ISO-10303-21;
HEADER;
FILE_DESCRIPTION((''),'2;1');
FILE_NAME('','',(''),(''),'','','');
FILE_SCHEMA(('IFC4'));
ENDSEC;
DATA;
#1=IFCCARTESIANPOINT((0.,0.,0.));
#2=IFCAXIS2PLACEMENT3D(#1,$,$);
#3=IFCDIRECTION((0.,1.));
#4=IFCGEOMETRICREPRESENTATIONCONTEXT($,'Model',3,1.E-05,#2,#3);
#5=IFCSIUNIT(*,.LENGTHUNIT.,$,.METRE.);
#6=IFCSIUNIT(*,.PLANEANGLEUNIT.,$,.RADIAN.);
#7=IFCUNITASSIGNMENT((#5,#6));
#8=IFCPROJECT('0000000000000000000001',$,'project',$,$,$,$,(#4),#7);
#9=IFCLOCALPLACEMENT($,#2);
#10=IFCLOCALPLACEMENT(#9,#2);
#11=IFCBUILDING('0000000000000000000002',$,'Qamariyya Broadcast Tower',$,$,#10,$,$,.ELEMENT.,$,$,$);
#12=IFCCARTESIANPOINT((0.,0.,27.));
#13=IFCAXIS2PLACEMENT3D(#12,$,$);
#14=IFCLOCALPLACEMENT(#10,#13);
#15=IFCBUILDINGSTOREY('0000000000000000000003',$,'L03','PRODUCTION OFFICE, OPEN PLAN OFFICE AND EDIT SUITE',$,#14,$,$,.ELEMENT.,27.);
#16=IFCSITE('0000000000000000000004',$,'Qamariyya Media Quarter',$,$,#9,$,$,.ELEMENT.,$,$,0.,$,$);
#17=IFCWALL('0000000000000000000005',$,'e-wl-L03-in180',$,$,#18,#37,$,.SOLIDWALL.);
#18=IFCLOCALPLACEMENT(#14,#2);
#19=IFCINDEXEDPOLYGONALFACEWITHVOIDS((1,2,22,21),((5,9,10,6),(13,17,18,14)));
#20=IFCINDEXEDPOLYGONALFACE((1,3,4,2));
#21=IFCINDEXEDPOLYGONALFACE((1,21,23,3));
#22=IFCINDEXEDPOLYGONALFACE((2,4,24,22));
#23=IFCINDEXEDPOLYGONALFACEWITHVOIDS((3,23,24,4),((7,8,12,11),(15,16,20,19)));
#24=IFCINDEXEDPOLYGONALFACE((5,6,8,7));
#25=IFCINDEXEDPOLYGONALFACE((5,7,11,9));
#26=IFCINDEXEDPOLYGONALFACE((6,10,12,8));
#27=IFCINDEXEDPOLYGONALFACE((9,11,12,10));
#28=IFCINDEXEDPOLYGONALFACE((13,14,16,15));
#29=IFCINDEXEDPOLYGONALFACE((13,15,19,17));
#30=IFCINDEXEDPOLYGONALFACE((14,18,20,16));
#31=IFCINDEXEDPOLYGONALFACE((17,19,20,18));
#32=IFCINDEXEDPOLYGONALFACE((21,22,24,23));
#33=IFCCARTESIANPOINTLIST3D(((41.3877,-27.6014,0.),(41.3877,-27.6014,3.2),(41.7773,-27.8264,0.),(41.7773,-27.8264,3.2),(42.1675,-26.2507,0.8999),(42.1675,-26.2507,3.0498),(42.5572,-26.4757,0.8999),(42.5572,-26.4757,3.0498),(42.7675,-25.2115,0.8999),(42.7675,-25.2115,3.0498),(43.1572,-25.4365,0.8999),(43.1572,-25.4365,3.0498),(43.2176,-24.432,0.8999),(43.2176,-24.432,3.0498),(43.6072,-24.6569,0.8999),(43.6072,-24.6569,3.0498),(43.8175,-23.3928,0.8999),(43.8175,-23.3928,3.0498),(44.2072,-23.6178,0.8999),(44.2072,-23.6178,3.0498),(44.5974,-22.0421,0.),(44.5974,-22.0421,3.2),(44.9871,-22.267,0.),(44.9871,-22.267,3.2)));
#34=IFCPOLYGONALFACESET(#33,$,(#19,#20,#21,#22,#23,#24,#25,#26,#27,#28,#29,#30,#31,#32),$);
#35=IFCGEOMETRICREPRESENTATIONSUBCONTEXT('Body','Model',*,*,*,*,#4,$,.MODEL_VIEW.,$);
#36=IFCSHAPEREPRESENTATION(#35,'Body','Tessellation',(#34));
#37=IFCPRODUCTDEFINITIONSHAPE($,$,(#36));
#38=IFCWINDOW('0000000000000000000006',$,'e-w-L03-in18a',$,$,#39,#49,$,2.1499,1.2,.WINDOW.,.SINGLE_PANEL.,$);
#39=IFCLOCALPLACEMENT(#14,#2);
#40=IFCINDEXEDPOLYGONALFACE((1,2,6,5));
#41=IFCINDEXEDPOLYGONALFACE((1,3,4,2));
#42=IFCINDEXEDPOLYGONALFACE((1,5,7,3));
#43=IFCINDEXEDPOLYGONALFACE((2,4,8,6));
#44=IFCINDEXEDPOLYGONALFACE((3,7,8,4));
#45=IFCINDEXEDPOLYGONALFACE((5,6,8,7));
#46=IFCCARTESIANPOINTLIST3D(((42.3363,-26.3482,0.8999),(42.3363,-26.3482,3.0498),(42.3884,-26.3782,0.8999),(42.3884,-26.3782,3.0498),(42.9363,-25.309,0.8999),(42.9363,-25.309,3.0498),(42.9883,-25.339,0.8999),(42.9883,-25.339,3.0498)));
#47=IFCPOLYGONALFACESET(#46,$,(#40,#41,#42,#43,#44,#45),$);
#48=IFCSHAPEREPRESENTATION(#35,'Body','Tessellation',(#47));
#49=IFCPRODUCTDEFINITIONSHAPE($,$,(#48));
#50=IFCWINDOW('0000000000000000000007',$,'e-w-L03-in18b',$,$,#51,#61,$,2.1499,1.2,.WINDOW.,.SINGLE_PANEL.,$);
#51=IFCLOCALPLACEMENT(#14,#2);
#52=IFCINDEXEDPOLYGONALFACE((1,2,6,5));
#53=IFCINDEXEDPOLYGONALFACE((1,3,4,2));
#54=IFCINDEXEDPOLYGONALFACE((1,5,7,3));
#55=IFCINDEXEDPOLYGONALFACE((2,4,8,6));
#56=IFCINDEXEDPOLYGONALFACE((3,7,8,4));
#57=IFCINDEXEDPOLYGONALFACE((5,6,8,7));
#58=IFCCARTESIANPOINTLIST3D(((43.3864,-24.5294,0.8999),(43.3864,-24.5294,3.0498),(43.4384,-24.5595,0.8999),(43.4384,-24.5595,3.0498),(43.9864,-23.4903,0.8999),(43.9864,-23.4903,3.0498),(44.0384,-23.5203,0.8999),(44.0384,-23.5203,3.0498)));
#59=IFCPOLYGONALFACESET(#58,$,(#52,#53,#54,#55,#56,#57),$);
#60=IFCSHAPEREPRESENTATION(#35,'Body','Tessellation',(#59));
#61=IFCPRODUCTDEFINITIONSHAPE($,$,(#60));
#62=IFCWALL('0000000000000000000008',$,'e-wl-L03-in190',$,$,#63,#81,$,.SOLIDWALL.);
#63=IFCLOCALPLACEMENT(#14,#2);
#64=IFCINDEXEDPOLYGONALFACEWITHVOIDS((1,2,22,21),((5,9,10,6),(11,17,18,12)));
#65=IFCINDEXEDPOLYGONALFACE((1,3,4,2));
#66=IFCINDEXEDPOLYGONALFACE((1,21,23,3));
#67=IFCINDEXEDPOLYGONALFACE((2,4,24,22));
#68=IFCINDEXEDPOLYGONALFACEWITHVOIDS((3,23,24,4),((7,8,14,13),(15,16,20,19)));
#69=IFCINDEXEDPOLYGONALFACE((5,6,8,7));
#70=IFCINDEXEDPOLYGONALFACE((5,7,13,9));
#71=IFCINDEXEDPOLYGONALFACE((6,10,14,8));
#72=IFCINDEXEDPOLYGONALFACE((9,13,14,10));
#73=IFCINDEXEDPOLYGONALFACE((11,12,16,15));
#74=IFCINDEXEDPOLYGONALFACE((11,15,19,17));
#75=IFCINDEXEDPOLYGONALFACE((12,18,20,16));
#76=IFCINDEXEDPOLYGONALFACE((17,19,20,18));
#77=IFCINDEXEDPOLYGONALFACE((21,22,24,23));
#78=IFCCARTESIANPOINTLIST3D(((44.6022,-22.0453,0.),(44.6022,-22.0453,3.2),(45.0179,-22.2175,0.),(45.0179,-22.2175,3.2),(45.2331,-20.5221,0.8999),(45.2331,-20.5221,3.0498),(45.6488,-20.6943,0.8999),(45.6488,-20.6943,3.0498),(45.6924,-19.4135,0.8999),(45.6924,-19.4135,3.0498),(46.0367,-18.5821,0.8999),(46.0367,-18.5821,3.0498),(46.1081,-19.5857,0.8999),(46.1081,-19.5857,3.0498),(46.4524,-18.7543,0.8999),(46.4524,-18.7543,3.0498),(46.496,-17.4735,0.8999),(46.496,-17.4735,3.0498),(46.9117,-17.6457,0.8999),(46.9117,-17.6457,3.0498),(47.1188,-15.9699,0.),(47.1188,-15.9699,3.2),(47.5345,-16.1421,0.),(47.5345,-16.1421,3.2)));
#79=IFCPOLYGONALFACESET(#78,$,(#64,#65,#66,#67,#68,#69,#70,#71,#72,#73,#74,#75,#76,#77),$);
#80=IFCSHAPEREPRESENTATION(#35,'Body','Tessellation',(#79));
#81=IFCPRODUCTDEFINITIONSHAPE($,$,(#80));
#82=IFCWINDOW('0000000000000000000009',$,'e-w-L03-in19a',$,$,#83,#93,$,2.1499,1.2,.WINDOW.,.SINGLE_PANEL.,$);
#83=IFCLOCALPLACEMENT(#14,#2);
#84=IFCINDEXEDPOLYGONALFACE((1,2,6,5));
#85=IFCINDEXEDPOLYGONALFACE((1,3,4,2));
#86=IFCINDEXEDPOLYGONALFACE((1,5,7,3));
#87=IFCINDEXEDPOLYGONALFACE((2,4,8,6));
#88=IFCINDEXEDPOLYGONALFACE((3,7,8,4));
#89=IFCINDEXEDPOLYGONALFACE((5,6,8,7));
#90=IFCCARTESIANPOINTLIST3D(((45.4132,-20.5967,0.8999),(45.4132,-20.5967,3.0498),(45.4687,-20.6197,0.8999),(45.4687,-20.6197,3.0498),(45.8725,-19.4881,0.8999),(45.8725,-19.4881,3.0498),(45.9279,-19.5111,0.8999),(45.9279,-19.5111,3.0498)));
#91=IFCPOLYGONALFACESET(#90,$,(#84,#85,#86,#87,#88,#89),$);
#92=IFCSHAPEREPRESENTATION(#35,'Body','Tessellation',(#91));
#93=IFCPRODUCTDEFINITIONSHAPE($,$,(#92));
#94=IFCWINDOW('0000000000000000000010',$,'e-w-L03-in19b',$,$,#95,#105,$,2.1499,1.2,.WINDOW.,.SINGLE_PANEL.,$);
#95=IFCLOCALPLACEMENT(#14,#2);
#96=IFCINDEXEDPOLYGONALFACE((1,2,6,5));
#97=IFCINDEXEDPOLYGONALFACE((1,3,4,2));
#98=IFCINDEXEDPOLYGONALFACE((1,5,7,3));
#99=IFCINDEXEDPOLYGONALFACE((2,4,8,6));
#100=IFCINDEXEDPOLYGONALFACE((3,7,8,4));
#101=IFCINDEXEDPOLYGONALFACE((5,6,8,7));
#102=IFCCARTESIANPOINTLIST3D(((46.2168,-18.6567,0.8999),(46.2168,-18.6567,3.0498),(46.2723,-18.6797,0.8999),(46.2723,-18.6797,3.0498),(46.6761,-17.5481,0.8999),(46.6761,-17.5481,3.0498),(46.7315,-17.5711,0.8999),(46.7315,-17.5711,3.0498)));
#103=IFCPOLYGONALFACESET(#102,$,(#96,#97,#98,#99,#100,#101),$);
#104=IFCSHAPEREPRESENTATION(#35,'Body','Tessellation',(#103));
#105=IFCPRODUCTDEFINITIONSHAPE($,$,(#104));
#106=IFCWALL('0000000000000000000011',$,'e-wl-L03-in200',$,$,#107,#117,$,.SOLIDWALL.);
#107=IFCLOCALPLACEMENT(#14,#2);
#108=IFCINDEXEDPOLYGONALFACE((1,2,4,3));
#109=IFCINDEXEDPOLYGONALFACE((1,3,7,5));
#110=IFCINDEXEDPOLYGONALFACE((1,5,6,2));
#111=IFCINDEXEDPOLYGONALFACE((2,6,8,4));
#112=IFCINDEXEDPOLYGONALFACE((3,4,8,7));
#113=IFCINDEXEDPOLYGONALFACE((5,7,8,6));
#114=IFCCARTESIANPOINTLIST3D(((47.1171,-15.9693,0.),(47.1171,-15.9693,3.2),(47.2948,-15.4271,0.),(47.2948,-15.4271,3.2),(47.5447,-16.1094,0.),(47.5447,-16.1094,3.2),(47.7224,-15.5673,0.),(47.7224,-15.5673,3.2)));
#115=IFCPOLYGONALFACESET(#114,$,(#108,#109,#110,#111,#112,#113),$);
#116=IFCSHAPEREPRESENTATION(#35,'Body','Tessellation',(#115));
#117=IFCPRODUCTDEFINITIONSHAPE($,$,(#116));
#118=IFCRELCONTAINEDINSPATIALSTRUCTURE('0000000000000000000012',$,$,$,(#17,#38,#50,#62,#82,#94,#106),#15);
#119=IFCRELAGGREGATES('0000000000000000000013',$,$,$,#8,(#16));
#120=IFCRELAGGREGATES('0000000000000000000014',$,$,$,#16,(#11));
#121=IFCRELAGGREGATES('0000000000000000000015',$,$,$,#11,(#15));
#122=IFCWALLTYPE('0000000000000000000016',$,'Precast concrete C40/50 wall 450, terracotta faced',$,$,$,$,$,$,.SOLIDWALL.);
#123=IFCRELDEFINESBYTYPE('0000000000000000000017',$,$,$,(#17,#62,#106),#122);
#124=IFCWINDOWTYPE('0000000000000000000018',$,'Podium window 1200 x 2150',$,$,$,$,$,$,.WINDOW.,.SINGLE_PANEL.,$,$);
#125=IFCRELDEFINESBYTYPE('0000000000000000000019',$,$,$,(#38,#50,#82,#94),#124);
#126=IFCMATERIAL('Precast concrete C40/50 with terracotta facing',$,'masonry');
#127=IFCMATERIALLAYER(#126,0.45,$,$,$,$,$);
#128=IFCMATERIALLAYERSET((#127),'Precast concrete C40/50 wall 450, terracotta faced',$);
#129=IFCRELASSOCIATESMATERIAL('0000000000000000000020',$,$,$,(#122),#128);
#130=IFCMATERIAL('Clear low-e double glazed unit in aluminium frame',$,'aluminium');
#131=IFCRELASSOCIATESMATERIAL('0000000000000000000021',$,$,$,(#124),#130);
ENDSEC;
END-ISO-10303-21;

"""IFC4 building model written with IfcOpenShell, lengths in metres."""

from ifc_helpers import new_model, si_unit, direction, frame, frame_2d, origin, place, context, subcontext, project, spatial, rectangle, extrude, material, layer, layer_set, type_object, element, fill, save


model = new_model("IFC4")

# Units and contexts
model_context = context("Model", 3, precision=1e-05, world=origin(), true_north=direction((0.0, 1.0)))
body_context = subcontext(model_context, "Body", "Model", "MODEL_VIEW")
ifc_project = project(units=[si_unit("LENGTHUNIT", "METRE"), si_unit("PLANEANGLEUNIT", "RADIAN")], contexts=[model_context])

# Site, building, storey
site_placement = place(None, origin())
site = spatial("IfcSite", under=ifc_project, at=site_placement, Name="Qamariyya Media Quarter", CompositionType="ELEMENT", RefElevation=0.0)
building_placement = place(site_placement, origin())
building = spatial("IfcBuilding", under=site, at=building_placement, Name="Qamariyya Broadcast Tower", CompositionType="ELEMENT")
storey_placement = place(building_placement, frame((0.0, 0.0, 27.0)))
storey = spatial("IfcBuildingStorey", under=building, at=storey_placement, Name="L03", Description="PRODUCTION OFFICE, OPEN PLAN OFFICE AND EDIT SUITE", CompositionType="ELEMENT", Elevation=27.0)

# Shared definitions
ifc_material_1 = material(Name="Precast concrete C40/50 with terracotta facing", Category="masonry")
ifc_layer = layer(ifc_material_1, 0.45)
ifc_layer_set = layer_set([ifc_layer], Name="Precast concrete C40/50 wall 450, terracotta faced")
wall_type = type_object("IfcWallType", Name="Precast concrete C40/50 wall 450, terracotta faced", PredefinedType="SOLIDWALL", material=ifc_layer_set)

# Walls, openings, windows
wall_1_placement = place(storey_placement, frame((44.7922, -22.1545, 0.0), z_axis=(0.0, 0.0, 1.0), x_axis=(-0.500004, -0.866023, 0.0)))
wall_1 = element("IfcWall", 1, at=wall_1_placement, inside=storey, type_object=wall_type, Name="e-wl-L03-in180", PredefinedType="SOLIDWALL", context=body_context, shape_type="SweptSolid", body=[
    extrude(rectangle(XDim=6.4194, YDim=0.45, at=frame_2d((3.2097, 0.0))), origin(), (0.0, 0.0, 1.0), 3.2),
])
opening_1_placement = place(wall_1_placement, frame((3.6597, 0.0, 0.8999)))
opening_1 = element("IfcOpeningElement", 2, at=opening_1_placement, cuts=wall_1, PredefinedType="OPENING", context=body_context, shape_type="SweptSolid", body=[
    extrude(rectangle(XDim=1.2, YDim=2.1499, at=frame_2d((0.6001, 1.075))), frame((0.0, 0.2349, 0.0), z_axis=(0.0, -1.0, 0.0), x_axis=(1.0, 0.0, 0.0)), (0.0, 0.0, 1.0), 0.47),
])
opening_2_placement = place(wall_1_placement, frame((1.5596, 0.0, 0.8999)))
opening_2 = element("IfcOpeningElement", 3, at=opening_2_placement, cuts=wall_1, PredefinedType="OPENING", context=body_context, shape_type="SweptSolid", body=[
    extrude(rectangle(XDim=1.2, YDim=2.1499, at=frame_2d((0.6001, 1.075))), frame((0.0, 0.2349, 0.0), z_axis=(0.0, -1.0, 0.0), x_axis=(1.0, 0.0, 0.0)), (0.0, 0.0, 1.0), 0.47),
])
ifc_material_2 = material(Name="Clear low-e double glazed unit in aluminium frame", Category="aluminium")
window_type = type_object("IfcWindowType", Name="Podium window 1200 x 2150", PartitioningType="SINGLE_PANEL", PredefinedType="WINDOW", material=ifc_material_2)
window_1_placement = place(opening_1_placement, origin())
window_1 = element("IfcWindow", 4, at=window_1_placement, inside=storey, type_object=window_type, Name="e-w-L03-in18a", OverallHeight=2.1499, OverallWidth=1.2, PartitioningType="SINGLE_PANEL", PredefinedType="WINDOW", context=body_context, shape_type="SweptSolid", body=[
    extrude(rectangle(XDim=1.2, YDim=2.1499, at=frame_2d((0.6001, 1.075))), frame((0.0, 0.03, 0.0), z_axis=(0.0, -1.0, 0.0), x_axis=(1.0, 0.0, 0.0)), (0.0, 0.0, 1.0), 0.0601),
])
fill(opening_1, window_1)
window_2_placement = place(opening_2_placement, origin())
window_2 = element("IfcWindow", 5, at=window_2_placement, inside=storey, type_object=window_type, Name="e-w-L03-in18b", OverallHeight=2.1499, OverallWidth=1.2, PartitioningType="SINGLE_PANEL", PredefinedType="WINDOW", context=body_context, shape_type="SweptSolid", body=[
    extrude(rectangle(XDim=1.2, YDim=2.1499, at=frame_2d((0.6001, 1.075))), frame((0.0, 0.03, 0.0), z_axis=(0.0, -1.0, 0.0), x_axis=(1.0, 0.0, 0.0)), (0.0, 0.0, 1.0), 0.0601),
])
fill(opening_2, window_2)
wall_2_placement = place(storey_placement, frame((47.3267, -16.0559, 0.0), z_axis=(0.0, 0.0, 1.0), x_axis=(-0.382693, -0.923876, 0.0)))
wall_2 = element("IfcWall", 6, at=wall_2_placement, inside=storey, type_object=wall_type, Name="e-wl-L03-in190", PredefinedType="SOLIDWALL", context=body_context, shape_type="SweptSolid", body=[
    extrude(rectangle(XDim=6.5759, YDim=0.45, at=frame_2d((3.2881, 0.0))), origin(), (0.0, 0.0, 1.0), 3.2),
])
opening_3_placement = place(wall_2_placement, frame((3.7273, 0.0, 0.8999)))
opening_3 = element("IfcOpeningElement", 7, at=opening_3_placement, cuts=wall_2, PredefinedType="OPENING", context=body_context, shape_type="SweptSolid", body=[
    extrude(rectangle(XDim=1.2, YDim=2.1499, at=frame_2d((0.6001, 1.075))), frame((0.0, 0.2349, 0.0), z_axis=(0.0, -1.0, 0.0), x_axis=(1.0, 0.0, 0.0)), (0.0, 0.0, 1.0), 0.47),
])
opening_4_placement = place(wall_2_placement, frame((1.6274, 0.0, 0.8999)))
opening_4 = element("IfcOpeningElement", 8, at=opening_4_placement, cuts=wall_2, PredefinedType="OPENING", context=body_context, shape_type="SweptSolid", body=[
    extrude(rectangle(XDim=1.2, YDim=2.1499, at=frame_2d((0.6001, 1.075))), frame((0.0, 0.2349, 0.0), z_axis=(0.0, -1.0, 0.0), x_axis=(1.0, 0.0, 0.0)), (0.0, 0.0, 1.0), 0.47),
])
window_3_placement = place(opening_3_placement, origin())
window_3 = element("IfcWindow", 9, at=window_3_placement, inside=storey, type_object=window_type, Name="e-w-L03-in19a", OverallHeight=2.1499, OverallWidth=1.2, PartitioningType="SINGLE_PANEL", PredefinedType="WINDOW", context=body_context, shape_type="SweptSolid", body=[
    extrude(rectangle(XDim=1.2, YDim=2.1499, at=frame_2d((0.6001, 1.075))), frame((0.0, 0.03, 0.0), z_axis=(0.0, -1.0, 0.0), x_axis=(1.0, 0.0, 0.0)), (0.0, 0.0, 1.0), 0.0601),
])
fill(opening_3, window_3)
window_4_placement = place(opening_4_placement, origin())
window_4 = element("IfcWindow", 10, at=window_4_placement, inside=storey, type_object=window_type, Name="e-w-L03-in19b", OverallHeight=2.1499, OverallWidth=1.2, PartitioningType="SINGLE_PANEL", PredefinedType="WINDOW", context=body_context, shape_type="SweptSolid", body=[
    extrude(rectangle(XDim=1.2, YDim=2.1499, at=frame_2d((0.6001, 1.075))), frame((0.0, 0.03, 0.0), z_axis=(0.0, -1.0, 0.0), x_axis=(1.0, 0.0, 0.0)), (0.0, 0.0, 1.0), 0.0601),
])
fill(opening_4, window_4)

# Wall
wall_3_placement = place(storey_placement, frame((47.5085, -15.4973, 0.0), z_axis=(0.0, 0.0, 1.0), x_axis=(-0.311475, -0.950254, 0.0)))
element("IfcWall", 11, at=wall_3_placement, inside=storey, type_object=wall_type, Name="e-wl-L03-in200", PredefinedType="SOLIDWALL", context=body_context, shape_type="SweptSolid", body=[
    extrude(rectangle(XDim=0.5706, YDim=0.45, at=frame_2d((0.2852, 0.0))), origin(), (0.0, 0.0, 1.0), 3.2),
])

save(model, "model.ifc")
